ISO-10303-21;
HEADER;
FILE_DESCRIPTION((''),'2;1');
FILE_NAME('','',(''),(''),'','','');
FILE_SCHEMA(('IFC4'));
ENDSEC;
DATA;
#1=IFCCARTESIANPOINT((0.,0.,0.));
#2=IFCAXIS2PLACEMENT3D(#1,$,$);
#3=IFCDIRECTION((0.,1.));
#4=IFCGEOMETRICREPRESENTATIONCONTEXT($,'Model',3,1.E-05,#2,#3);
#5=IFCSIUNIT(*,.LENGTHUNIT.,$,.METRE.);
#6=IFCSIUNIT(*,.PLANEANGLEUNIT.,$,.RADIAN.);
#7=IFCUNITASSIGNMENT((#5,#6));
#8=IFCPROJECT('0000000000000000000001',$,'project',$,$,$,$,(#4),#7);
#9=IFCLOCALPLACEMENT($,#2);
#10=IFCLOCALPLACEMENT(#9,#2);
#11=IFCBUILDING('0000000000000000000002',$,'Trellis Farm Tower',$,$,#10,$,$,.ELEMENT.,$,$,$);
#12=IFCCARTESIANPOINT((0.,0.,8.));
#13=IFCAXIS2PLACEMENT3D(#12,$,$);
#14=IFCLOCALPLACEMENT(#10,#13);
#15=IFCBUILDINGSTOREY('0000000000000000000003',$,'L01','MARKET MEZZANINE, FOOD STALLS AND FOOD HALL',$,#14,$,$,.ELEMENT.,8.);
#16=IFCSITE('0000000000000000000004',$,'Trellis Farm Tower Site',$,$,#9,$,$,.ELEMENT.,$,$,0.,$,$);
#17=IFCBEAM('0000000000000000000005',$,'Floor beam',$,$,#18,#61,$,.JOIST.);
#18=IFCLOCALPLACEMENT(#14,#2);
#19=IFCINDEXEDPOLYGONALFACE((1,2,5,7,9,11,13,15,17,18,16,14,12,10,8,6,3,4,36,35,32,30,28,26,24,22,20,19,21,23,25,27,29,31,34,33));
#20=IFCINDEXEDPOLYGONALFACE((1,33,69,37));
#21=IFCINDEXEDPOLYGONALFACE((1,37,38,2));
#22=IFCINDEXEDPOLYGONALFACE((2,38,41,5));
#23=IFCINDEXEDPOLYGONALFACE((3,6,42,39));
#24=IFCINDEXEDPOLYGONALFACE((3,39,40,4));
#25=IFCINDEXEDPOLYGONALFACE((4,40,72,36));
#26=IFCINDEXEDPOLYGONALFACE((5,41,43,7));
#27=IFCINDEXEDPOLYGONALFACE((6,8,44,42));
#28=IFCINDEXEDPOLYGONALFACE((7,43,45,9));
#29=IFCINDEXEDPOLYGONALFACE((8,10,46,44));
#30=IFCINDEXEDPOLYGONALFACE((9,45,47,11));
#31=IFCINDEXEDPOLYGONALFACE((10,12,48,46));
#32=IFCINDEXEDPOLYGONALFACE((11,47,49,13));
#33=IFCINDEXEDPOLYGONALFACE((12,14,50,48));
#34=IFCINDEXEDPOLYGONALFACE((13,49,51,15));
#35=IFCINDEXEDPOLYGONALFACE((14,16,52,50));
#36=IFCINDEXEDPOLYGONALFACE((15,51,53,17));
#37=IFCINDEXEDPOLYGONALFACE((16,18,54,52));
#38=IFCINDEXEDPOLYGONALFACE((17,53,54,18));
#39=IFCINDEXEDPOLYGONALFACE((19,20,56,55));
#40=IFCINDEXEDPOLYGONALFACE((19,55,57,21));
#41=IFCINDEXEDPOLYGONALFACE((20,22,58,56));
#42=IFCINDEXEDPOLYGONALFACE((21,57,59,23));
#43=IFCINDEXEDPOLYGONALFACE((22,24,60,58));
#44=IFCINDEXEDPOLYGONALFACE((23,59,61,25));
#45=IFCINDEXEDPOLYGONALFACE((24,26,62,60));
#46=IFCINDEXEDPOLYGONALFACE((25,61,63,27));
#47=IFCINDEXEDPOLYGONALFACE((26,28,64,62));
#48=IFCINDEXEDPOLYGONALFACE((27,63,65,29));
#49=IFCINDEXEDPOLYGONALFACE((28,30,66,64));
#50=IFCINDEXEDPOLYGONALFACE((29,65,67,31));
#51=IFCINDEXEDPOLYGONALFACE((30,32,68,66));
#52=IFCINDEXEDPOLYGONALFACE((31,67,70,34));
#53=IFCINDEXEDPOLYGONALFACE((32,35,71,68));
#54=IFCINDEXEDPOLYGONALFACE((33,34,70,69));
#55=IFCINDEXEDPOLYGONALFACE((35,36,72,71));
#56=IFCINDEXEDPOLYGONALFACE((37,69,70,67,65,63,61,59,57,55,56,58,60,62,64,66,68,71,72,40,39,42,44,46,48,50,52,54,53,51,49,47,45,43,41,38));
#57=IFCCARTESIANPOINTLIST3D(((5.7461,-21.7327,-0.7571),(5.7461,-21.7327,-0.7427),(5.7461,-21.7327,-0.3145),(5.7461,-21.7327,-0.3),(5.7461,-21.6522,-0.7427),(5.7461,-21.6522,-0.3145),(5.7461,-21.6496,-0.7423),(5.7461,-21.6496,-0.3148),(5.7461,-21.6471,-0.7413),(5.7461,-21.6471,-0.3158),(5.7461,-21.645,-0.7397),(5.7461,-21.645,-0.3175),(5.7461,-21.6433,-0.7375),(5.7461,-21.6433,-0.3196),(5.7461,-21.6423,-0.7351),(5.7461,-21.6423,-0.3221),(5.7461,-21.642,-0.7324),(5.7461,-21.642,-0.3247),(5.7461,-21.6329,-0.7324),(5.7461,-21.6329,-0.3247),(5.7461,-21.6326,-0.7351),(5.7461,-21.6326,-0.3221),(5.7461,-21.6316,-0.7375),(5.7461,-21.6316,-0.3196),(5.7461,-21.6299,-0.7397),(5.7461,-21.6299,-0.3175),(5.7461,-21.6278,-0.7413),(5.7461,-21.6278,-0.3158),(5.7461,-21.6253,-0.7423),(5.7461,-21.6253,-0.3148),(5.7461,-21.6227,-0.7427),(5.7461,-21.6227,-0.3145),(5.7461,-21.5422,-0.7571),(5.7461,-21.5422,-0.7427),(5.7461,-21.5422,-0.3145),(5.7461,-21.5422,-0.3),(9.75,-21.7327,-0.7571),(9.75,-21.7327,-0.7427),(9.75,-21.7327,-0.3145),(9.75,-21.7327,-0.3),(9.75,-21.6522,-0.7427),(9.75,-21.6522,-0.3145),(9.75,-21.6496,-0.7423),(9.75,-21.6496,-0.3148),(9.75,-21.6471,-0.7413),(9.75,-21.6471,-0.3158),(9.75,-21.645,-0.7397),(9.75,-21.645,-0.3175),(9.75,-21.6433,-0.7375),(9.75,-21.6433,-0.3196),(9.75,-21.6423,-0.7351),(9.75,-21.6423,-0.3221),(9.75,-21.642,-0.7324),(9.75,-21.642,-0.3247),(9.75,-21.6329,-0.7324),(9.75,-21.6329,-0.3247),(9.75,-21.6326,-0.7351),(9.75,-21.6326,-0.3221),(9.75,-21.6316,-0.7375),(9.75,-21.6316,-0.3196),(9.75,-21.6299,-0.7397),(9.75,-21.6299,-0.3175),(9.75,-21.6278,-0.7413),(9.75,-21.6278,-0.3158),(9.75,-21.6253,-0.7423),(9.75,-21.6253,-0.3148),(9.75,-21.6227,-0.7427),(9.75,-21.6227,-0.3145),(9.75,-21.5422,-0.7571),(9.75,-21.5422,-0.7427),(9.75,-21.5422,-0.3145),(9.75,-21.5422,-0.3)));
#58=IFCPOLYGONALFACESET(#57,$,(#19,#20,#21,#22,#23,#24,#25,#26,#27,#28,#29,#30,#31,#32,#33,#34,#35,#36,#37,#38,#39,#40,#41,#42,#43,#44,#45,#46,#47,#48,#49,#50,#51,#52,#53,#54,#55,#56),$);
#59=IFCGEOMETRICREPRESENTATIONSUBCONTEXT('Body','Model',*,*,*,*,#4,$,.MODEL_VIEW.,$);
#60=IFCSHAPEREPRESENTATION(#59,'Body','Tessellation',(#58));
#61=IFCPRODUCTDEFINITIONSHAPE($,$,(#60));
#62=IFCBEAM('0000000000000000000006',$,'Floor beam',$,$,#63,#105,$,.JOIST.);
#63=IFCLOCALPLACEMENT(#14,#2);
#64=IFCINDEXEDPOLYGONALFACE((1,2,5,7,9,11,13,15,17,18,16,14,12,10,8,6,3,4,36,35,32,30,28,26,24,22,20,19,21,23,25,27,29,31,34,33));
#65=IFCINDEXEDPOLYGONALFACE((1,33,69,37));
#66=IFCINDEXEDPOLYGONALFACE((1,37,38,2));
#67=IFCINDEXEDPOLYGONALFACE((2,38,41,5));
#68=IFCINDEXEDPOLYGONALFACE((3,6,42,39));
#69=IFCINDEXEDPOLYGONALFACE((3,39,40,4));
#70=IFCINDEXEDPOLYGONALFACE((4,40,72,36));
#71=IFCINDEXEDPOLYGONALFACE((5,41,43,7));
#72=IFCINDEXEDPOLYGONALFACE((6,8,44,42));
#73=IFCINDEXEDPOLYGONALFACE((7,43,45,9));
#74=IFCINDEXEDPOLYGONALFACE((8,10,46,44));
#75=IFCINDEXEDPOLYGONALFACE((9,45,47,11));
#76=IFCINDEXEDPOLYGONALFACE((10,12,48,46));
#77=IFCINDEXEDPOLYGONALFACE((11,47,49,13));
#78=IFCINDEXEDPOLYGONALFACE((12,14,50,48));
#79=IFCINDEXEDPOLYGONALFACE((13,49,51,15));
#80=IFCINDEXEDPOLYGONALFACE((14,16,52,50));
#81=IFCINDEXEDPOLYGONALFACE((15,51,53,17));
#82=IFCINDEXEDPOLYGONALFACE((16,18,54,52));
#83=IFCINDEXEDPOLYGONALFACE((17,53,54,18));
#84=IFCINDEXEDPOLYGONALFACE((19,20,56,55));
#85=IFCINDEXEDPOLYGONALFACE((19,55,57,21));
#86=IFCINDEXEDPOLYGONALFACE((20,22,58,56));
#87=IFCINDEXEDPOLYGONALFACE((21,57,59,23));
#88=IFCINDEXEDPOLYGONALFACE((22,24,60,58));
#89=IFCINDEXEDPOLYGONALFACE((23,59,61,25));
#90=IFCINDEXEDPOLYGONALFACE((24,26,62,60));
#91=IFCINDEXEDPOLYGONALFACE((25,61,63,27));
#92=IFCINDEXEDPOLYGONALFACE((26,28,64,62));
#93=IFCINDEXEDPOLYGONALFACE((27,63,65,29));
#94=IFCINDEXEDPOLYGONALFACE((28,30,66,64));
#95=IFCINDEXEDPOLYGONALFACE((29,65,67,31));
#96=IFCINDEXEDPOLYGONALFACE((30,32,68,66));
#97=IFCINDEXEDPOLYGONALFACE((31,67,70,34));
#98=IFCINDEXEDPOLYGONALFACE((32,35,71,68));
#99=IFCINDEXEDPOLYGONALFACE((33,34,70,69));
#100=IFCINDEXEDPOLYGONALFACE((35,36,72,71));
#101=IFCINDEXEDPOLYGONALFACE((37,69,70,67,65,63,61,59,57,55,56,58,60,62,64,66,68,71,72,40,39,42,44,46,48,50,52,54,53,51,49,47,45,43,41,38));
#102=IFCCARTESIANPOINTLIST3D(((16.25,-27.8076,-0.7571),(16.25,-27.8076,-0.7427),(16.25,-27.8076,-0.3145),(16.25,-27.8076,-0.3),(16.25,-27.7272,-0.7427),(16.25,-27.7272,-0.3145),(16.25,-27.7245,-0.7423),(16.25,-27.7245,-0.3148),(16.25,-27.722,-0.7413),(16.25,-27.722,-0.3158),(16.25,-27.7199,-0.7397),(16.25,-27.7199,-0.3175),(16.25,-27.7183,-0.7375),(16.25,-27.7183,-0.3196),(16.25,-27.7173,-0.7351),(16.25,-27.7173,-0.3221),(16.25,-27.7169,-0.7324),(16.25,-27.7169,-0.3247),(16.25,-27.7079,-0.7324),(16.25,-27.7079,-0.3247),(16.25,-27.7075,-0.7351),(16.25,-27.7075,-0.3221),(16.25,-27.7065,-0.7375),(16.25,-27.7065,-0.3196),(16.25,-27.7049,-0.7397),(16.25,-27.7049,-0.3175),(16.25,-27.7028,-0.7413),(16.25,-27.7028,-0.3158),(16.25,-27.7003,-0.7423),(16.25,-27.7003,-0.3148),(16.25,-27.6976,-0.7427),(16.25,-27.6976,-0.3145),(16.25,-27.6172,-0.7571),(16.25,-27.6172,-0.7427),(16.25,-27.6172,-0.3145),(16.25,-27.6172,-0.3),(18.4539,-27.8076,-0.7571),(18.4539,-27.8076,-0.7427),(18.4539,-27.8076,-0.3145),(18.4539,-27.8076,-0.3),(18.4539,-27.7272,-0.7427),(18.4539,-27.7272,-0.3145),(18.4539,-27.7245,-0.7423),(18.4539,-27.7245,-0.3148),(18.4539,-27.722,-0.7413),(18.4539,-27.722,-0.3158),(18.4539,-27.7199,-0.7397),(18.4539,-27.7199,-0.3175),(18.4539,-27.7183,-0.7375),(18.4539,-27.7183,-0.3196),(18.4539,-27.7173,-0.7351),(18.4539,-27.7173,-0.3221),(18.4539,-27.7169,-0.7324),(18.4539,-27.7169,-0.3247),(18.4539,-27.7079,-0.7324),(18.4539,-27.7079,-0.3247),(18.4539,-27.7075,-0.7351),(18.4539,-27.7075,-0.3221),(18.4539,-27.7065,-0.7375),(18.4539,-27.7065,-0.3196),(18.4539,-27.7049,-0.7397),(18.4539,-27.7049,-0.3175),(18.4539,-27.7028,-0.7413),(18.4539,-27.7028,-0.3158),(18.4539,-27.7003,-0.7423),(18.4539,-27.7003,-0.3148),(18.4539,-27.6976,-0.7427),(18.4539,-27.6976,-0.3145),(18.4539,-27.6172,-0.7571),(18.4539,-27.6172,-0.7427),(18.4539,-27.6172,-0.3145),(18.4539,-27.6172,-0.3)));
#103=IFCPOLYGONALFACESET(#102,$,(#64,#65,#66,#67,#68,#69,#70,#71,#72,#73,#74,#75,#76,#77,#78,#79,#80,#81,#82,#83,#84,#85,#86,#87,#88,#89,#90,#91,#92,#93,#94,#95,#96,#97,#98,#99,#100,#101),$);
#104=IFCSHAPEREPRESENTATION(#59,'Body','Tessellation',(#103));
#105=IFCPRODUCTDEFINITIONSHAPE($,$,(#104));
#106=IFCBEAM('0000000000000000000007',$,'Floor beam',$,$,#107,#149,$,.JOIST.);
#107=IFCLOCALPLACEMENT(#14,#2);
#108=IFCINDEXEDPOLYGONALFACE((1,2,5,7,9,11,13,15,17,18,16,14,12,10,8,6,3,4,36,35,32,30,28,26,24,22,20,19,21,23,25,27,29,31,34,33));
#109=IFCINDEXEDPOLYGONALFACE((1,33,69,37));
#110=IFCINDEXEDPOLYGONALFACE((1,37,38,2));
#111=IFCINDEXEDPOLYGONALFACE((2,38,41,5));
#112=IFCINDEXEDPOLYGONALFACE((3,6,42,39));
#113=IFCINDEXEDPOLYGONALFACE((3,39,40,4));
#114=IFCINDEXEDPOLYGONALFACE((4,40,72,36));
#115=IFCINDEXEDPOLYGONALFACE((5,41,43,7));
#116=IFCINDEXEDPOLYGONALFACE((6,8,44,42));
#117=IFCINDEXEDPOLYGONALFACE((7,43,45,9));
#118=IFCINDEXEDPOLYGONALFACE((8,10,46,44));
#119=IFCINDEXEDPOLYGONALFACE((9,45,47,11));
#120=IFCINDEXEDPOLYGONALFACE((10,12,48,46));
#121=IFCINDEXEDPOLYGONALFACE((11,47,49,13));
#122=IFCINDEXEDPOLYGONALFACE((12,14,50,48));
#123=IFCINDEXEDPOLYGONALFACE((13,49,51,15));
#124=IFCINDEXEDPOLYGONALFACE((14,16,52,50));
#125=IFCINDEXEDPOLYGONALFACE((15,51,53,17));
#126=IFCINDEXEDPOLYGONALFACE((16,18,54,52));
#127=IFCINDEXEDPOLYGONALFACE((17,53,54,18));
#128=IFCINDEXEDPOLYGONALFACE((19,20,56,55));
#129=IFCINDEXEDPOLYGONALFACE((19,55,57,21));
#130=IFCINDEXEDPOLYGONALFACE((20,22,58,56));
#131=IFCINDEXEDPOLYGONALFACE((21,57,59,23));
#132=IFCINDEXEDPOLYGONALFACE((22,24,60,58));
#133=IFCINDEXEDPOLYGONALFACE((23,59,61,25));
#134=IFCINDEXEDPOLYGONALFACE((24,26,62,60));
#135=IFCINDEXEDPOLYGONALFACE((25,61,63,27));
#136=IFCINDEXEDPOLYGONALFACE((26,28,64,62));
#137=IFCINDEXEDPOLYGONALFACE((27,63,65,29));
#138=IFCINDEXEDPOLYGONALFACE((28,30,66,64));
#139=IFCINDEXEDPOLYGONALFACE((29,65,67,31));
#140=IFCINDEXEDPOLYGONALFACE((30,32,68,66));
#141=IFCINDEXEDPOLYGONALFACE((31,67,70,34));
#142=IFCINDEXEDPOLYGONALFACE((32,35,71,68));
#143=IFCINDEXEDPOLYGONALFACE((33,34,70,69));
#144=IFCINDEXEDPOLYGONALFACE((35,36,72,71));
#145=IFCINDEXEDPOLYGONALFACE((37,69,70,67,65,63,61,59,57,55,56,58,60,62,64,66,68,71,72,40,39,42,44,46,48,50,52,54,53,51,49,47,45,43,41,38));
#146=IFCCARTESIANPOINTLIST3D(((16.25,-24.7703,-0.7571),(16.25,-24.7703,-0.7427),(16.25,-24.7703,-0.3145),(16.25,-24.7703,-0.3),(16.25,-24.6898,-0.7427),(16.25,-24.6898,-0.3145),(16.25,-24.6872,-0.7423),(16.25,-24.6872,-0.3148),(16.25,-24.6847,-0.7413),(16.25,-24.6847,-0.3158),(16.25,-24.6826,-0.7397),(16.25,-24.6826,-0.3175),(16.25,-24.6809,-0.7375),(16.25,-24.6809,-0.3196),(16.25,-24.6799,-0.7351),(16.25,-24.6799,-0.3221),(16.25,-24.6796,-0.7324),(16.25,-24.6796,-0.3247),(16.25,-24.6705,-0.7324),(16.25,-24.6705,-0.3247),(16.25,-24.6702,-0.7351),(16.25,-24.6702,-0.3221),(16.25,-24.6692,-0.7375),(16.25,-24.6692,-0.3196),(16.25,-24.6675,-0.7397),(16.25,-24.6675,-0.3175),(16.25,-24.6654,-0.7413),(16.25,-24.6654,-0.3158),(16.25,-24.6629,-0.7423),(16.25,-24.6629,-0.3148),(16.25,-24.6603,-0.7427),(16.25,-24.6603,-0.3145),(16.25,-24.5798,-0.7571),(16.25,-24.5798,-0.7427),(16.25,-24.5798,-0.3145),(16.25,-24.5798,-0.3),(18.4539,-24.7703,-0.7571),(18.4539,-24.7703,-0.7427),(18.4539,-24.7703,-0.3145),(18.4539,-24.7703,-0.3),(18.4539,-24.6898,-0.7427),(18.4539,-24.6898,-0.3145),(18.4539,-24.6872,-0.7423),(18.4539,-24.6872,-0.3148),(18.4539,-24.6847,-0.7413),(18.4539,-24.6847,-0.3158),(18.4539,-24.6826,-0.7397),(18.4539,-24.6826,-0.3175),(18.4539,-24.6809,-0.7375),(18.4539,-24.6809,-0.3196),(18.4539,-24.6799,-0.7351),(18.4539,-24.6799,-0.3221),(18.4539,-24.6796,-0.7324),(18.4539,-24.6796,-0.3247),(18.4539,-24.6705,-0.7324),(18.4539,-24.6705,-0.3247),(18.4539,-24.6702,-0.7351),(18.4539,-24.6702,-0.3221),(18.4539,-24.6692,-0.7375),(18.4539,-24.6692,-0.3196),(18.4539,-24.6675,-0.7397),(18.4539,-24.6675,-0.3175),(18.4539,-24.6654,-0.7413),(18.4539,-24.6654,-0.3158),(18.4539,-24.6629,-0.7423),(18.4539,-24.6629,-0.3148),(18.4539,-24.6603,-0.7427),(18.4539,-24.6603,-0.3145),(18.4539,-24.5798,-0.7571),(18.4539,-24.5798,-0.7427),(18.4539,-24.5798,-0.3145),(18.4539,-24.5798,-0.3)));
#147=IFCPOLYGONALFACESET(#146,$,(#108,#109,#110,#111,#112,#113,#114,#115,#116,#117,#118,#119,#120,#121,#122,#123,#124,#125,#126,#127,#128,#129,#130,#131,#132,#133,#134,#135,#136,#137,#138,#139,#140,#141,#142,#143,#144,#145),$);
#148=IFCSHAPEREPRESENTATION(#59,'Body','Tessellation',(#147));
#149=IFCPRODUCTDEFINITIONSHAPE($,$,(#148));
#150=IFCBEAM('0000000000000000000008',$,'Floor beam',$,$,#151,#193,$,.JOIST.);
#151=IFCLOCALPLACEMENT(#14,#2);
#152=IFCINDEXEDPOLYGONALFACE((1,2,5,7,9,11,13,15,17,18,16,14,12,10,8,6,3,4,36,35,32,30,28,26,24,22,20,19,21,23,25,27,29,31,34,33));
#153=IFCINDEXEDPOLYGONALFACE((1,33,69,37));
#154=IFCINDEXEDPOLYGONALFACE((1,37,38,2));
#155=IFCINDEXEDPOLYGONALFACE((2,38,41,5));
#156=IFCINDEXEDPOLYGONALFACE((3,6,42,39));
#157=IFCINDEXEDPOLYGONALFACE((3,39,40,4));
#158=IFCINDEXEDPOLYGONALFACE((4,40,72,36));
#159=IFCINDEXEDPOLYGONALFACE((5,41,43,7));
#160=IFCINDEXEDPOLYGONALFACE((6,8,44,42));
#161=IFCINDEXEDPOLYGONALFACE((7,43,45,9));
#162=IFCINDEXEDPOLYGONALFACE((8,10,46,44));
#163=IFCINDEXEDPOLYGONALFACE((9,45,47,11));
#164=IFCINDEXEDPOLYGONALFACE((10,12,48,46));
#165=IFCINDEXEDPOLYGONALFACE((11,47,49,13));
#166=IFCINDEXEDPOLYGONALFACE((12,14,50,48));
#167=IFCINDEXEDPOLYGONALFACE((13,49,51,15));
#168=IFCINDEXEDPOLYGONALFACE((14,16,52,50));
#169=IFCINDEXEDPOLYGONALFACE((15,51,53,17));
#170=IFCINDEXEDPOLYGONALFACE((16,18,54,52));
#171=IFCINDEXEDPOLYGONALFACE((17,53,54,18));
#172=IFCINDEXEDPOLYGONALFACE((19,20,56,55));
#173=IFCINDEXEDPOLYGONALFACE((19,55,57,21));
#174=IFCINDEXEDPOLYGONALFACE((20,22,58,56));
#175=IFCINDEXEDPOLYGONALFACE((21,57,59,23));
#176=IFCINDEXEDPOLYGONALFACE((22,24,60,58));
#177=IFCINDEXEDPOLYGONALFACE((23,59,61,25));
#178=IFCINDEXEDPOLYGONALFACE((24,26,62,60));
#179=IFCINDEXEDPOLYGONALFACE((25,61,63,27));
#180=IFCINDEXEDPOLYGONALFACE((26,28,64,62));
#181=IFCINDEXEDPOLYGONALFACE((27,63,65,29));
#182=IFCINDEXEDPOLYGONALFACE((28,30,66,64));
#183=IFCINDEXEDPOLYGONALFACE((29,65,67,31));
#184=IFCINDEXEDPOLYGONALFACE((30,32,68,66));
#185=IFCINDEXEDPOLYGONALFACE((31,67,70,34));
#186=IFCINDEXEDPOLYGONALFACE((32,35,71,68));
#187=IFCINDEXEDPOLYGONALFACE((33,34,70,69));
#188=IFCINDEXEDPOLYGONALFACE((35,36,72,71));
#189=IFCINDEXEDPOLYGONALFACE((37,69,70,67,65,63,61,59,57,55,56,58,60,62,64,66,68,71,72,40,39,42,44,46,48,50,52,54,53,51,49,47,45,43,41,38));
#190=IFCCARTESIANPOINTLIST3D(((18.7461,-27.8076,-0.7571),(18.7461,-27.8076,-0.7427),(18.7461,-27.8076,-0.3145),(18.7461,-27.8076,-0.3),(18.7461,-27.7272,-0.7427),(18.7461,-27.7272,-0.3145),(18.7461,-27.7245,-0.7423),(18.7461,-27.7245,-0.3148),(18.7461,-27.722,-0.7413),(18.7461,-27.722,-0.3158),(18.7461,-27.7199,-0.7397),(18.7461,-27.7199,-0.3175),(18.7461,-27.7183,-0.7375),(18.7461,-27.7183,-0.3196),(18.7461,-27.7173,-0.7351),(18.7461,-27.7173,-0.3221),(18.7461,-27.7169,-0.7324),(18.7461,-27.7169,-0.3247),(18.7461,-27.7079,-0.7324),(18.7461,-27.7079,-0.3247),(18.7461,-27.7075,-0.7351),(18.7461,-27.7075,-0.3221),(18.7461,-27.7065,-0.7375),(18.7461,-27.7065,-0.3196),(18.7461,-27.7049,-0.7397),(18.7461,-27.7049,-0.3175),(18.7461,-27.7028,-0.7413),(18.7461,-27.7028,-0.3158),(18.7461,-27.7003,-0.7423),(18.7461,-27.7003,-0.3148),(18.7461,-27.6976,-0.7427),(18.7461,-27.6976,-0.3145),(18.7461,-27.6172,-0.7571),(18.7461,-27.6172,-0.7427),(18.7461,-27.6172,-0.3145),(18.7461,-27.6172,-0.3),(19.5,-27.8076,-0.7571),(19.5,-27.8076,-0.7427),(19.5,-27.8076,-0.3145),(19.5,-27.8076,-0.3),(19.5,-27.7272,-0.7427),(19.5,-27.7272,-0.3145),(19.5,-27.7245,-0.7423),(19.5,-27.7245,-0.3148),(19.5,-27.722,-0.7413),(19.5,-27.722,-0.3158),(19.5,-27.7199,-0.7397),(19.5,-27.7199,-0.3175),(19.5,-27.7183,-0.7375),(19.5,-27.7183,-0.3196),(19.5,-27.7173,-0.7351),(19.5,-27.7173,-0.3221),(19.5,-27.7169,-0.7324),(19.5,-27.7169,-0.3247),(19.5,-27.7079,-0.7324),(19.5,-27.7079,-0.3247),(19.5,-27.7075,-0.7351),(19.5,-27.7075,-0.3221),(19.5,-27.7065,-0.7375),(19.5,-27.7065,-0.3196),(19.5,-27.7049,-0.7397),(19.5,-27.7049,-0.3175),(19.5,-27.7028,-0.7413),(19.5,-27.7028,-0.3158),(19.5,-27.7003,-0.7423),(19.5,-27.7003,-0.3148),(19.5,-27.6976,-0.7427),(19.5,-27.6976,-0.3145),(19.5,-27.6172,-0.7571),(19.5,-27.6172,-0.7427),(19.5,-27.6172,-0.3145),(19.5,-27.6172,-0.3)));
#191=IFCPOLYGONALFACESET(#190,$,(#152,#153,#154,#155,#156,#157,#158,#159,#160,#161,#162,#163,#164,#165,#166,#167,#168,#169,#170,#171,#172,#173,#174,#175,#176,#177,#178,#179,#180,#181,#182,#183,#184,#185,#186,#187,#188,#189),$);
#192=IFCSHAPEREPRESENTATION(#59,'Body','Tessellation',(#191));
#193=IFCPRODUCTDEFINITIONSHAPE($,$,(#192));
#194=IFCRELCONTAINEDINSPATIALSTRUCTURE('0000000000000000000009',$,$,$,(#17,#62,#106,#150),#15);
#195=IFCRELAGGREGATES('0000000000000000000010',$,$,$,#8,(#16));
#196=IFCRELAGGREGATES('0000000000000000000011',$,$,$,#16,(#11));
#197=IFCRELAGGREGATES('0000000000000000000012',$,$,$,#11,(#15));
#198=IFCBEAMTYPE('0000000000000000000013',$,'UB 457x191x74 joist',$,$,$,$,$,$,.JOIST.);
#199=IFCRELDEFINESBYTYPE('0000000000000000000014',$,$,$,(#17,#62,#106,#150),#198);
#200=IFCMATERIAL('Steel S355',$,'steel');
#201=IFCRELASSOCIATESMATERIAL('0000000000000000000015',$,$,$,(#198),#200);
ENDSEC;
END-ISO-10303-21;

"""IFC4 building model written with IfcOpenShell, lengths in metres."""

from ifc_helpers import new_model, si_unit, direction, frame, origin, origin_2d, place, context, subcontext, project, spatial, i_section, extrude, source, transform, mapped, material, material_profile, profile_set, type_object, element, save


model = new_model("IFC4")

# Units and contexts
model_context = context("Model", 3, precision=1e-05, world=origin(), true_north=direction((0.0, 1.0)))
body_context = subcontext(model_context, "Body", "Model", "MODEL_VIEW")
ifc_project = project(units=[si_unit("LENGTHUNIT", "METRE"), si_unit("PLANEANGLEUNIT", "RADIAN")], contexts=[model_context])

# Site, building, storey
site_placement = place(None, origin())
site = spatial("IfcSite", under=ifc_project, at=site_placement, Name="Trellis Farm Tower Site", CompositionType="ELEMENT", RefElevation=0.0)
building_placement = place(site_placement, origin())
building = spatial("IfcBuilding", under=site, at=building_placement, Name="Trellis Farm Tower", CompositionType="ELEMENT")
storey_placement = place(building_placement, frame((0.0, 0.0, 8.0)))
storey = spatial("IfcBuildingStorey", under=building, at=storey_placement, Name="L01", Description="MARKET MEZZANINE, FOOD STALLS AND FOOD HALL", CompositionType="ELEMENT", Elevation=8.0)

# Beams
ifc_material_1 = material(Name="Steel S355", Category="steel")
ifc_material_profile_1 = material_profile(ifc_material_1, i_section(OverallWidth=0.1904, OverallDepth=0.457, WebThickness=0.009, FlangeThickness=0.0144, FilletRadius=0.0103, at=origin_2d()), Name="UB 457x191x74")
ifc_profile_set_1 = profile_set([ifc_material_profile_1], Name="Steel S355")
beam_type_1 = type_object("IfcBeamType", Name="UB 457x191x74 joist", PredefinedType="JOIST", material=ifc_profile_set_1)
shared_shape_1 = source(origin(), body_context, "Body", "SweptSolid", [
    extrude(i_section(OverallWidth=0.1904, OverallDepth=0.457, WebThickness=0.009, FlangeThickness=0.0144, FilletRadius=0.0103, at=origin_2d()), origin(), (0.0, 0.0, 1.0), 4.0039),
])
for number, where, z_axis, x_axis, name in (
    (1, (5.7461, -21.6375, -0.5286), (1.0, 0.0, 0.0), (0.0, 1.0, 0.0), "Floor beam"),
):
    element("IfcBeam", number, at=place(storey_placement, frame(where, z_axis=z_axis, x_axis=x_axis)), inside=storey, type_object=beam_type_1, Name=name, PredefinedType="JOIST", context=body_context, shape_type="MappedRepresentation", body=[
        mapped(shared_shape_1, transform((0.0, 0.0, 0.0))),
    ])
shared_shape_2 = source(origin(), body_context, "Body", "SweptSolid", [
    extrude(i_section(OverallWidth=0.1904, OverallDepth=0.457, WebThickness=0.009, FlangeThickness=0.0144, FilletRadius=0.0103, at=origin_2d()), origin(), (0.0, 0.0, 1.0), 2.2039),
])
for number, where, z_axis, x_axis, name in (
    (2, (16.25, -27.7124, -0.5286), (1.0, 0.0, 0.0), (0.0, 1.0, 0.0), "Floor beam"),
    (3, (16.25, -24.675, -0.5286), (1.0, 0.0, 0.0), (0.0, 1.0, 0.0), "Floor beam"),
):
    element("IfcBeam", number, at=place(storey_placement, frame(where, z_axis=z_axis, x_axis=x_axis)), inside=storey, type_object=beam_type_1, Name=name, PredefinedType="JOIST", context=body_context, shape_type="MappedRepresentation", body=[
        mapped(shared_shape_2, transform((0.0, 0.0, 0.0))),
    ])
shared_shape_3 = source(origin(), body_context, "Body", "SweptSolid", [
    extrude(i_section(OverallWidth=0.1904, OverallDepth=0.457, WebThickness=0.009, FlangeThickness=0.0144, FilletRadius=0.0103, at=origin_2d()), origin(), (0.0, 0.0, 1.0), 0.7539),
])
for number, where, z_axis, x_axis, name in (
    (4, (18.7461, -27.7124, -0.5286), (1.0, 0.0, 0.0), (0.0, 1.0, 0.0), "Floor beam"),
):
    element("IfcBeam", number, at=place(storey_placement, frame(where, z_axis=z_axis, x_axis=x_axis)), inside=storey, type_object=beam_type_1, Name=name, PredefinedType="JOIST", context=body_context, shape_type="MappedRepresentation", body=[
        mapped(shared_shape_3, transform((0.0, 0.0, 0.0))),
    ])

save(model, "model.ifc")
